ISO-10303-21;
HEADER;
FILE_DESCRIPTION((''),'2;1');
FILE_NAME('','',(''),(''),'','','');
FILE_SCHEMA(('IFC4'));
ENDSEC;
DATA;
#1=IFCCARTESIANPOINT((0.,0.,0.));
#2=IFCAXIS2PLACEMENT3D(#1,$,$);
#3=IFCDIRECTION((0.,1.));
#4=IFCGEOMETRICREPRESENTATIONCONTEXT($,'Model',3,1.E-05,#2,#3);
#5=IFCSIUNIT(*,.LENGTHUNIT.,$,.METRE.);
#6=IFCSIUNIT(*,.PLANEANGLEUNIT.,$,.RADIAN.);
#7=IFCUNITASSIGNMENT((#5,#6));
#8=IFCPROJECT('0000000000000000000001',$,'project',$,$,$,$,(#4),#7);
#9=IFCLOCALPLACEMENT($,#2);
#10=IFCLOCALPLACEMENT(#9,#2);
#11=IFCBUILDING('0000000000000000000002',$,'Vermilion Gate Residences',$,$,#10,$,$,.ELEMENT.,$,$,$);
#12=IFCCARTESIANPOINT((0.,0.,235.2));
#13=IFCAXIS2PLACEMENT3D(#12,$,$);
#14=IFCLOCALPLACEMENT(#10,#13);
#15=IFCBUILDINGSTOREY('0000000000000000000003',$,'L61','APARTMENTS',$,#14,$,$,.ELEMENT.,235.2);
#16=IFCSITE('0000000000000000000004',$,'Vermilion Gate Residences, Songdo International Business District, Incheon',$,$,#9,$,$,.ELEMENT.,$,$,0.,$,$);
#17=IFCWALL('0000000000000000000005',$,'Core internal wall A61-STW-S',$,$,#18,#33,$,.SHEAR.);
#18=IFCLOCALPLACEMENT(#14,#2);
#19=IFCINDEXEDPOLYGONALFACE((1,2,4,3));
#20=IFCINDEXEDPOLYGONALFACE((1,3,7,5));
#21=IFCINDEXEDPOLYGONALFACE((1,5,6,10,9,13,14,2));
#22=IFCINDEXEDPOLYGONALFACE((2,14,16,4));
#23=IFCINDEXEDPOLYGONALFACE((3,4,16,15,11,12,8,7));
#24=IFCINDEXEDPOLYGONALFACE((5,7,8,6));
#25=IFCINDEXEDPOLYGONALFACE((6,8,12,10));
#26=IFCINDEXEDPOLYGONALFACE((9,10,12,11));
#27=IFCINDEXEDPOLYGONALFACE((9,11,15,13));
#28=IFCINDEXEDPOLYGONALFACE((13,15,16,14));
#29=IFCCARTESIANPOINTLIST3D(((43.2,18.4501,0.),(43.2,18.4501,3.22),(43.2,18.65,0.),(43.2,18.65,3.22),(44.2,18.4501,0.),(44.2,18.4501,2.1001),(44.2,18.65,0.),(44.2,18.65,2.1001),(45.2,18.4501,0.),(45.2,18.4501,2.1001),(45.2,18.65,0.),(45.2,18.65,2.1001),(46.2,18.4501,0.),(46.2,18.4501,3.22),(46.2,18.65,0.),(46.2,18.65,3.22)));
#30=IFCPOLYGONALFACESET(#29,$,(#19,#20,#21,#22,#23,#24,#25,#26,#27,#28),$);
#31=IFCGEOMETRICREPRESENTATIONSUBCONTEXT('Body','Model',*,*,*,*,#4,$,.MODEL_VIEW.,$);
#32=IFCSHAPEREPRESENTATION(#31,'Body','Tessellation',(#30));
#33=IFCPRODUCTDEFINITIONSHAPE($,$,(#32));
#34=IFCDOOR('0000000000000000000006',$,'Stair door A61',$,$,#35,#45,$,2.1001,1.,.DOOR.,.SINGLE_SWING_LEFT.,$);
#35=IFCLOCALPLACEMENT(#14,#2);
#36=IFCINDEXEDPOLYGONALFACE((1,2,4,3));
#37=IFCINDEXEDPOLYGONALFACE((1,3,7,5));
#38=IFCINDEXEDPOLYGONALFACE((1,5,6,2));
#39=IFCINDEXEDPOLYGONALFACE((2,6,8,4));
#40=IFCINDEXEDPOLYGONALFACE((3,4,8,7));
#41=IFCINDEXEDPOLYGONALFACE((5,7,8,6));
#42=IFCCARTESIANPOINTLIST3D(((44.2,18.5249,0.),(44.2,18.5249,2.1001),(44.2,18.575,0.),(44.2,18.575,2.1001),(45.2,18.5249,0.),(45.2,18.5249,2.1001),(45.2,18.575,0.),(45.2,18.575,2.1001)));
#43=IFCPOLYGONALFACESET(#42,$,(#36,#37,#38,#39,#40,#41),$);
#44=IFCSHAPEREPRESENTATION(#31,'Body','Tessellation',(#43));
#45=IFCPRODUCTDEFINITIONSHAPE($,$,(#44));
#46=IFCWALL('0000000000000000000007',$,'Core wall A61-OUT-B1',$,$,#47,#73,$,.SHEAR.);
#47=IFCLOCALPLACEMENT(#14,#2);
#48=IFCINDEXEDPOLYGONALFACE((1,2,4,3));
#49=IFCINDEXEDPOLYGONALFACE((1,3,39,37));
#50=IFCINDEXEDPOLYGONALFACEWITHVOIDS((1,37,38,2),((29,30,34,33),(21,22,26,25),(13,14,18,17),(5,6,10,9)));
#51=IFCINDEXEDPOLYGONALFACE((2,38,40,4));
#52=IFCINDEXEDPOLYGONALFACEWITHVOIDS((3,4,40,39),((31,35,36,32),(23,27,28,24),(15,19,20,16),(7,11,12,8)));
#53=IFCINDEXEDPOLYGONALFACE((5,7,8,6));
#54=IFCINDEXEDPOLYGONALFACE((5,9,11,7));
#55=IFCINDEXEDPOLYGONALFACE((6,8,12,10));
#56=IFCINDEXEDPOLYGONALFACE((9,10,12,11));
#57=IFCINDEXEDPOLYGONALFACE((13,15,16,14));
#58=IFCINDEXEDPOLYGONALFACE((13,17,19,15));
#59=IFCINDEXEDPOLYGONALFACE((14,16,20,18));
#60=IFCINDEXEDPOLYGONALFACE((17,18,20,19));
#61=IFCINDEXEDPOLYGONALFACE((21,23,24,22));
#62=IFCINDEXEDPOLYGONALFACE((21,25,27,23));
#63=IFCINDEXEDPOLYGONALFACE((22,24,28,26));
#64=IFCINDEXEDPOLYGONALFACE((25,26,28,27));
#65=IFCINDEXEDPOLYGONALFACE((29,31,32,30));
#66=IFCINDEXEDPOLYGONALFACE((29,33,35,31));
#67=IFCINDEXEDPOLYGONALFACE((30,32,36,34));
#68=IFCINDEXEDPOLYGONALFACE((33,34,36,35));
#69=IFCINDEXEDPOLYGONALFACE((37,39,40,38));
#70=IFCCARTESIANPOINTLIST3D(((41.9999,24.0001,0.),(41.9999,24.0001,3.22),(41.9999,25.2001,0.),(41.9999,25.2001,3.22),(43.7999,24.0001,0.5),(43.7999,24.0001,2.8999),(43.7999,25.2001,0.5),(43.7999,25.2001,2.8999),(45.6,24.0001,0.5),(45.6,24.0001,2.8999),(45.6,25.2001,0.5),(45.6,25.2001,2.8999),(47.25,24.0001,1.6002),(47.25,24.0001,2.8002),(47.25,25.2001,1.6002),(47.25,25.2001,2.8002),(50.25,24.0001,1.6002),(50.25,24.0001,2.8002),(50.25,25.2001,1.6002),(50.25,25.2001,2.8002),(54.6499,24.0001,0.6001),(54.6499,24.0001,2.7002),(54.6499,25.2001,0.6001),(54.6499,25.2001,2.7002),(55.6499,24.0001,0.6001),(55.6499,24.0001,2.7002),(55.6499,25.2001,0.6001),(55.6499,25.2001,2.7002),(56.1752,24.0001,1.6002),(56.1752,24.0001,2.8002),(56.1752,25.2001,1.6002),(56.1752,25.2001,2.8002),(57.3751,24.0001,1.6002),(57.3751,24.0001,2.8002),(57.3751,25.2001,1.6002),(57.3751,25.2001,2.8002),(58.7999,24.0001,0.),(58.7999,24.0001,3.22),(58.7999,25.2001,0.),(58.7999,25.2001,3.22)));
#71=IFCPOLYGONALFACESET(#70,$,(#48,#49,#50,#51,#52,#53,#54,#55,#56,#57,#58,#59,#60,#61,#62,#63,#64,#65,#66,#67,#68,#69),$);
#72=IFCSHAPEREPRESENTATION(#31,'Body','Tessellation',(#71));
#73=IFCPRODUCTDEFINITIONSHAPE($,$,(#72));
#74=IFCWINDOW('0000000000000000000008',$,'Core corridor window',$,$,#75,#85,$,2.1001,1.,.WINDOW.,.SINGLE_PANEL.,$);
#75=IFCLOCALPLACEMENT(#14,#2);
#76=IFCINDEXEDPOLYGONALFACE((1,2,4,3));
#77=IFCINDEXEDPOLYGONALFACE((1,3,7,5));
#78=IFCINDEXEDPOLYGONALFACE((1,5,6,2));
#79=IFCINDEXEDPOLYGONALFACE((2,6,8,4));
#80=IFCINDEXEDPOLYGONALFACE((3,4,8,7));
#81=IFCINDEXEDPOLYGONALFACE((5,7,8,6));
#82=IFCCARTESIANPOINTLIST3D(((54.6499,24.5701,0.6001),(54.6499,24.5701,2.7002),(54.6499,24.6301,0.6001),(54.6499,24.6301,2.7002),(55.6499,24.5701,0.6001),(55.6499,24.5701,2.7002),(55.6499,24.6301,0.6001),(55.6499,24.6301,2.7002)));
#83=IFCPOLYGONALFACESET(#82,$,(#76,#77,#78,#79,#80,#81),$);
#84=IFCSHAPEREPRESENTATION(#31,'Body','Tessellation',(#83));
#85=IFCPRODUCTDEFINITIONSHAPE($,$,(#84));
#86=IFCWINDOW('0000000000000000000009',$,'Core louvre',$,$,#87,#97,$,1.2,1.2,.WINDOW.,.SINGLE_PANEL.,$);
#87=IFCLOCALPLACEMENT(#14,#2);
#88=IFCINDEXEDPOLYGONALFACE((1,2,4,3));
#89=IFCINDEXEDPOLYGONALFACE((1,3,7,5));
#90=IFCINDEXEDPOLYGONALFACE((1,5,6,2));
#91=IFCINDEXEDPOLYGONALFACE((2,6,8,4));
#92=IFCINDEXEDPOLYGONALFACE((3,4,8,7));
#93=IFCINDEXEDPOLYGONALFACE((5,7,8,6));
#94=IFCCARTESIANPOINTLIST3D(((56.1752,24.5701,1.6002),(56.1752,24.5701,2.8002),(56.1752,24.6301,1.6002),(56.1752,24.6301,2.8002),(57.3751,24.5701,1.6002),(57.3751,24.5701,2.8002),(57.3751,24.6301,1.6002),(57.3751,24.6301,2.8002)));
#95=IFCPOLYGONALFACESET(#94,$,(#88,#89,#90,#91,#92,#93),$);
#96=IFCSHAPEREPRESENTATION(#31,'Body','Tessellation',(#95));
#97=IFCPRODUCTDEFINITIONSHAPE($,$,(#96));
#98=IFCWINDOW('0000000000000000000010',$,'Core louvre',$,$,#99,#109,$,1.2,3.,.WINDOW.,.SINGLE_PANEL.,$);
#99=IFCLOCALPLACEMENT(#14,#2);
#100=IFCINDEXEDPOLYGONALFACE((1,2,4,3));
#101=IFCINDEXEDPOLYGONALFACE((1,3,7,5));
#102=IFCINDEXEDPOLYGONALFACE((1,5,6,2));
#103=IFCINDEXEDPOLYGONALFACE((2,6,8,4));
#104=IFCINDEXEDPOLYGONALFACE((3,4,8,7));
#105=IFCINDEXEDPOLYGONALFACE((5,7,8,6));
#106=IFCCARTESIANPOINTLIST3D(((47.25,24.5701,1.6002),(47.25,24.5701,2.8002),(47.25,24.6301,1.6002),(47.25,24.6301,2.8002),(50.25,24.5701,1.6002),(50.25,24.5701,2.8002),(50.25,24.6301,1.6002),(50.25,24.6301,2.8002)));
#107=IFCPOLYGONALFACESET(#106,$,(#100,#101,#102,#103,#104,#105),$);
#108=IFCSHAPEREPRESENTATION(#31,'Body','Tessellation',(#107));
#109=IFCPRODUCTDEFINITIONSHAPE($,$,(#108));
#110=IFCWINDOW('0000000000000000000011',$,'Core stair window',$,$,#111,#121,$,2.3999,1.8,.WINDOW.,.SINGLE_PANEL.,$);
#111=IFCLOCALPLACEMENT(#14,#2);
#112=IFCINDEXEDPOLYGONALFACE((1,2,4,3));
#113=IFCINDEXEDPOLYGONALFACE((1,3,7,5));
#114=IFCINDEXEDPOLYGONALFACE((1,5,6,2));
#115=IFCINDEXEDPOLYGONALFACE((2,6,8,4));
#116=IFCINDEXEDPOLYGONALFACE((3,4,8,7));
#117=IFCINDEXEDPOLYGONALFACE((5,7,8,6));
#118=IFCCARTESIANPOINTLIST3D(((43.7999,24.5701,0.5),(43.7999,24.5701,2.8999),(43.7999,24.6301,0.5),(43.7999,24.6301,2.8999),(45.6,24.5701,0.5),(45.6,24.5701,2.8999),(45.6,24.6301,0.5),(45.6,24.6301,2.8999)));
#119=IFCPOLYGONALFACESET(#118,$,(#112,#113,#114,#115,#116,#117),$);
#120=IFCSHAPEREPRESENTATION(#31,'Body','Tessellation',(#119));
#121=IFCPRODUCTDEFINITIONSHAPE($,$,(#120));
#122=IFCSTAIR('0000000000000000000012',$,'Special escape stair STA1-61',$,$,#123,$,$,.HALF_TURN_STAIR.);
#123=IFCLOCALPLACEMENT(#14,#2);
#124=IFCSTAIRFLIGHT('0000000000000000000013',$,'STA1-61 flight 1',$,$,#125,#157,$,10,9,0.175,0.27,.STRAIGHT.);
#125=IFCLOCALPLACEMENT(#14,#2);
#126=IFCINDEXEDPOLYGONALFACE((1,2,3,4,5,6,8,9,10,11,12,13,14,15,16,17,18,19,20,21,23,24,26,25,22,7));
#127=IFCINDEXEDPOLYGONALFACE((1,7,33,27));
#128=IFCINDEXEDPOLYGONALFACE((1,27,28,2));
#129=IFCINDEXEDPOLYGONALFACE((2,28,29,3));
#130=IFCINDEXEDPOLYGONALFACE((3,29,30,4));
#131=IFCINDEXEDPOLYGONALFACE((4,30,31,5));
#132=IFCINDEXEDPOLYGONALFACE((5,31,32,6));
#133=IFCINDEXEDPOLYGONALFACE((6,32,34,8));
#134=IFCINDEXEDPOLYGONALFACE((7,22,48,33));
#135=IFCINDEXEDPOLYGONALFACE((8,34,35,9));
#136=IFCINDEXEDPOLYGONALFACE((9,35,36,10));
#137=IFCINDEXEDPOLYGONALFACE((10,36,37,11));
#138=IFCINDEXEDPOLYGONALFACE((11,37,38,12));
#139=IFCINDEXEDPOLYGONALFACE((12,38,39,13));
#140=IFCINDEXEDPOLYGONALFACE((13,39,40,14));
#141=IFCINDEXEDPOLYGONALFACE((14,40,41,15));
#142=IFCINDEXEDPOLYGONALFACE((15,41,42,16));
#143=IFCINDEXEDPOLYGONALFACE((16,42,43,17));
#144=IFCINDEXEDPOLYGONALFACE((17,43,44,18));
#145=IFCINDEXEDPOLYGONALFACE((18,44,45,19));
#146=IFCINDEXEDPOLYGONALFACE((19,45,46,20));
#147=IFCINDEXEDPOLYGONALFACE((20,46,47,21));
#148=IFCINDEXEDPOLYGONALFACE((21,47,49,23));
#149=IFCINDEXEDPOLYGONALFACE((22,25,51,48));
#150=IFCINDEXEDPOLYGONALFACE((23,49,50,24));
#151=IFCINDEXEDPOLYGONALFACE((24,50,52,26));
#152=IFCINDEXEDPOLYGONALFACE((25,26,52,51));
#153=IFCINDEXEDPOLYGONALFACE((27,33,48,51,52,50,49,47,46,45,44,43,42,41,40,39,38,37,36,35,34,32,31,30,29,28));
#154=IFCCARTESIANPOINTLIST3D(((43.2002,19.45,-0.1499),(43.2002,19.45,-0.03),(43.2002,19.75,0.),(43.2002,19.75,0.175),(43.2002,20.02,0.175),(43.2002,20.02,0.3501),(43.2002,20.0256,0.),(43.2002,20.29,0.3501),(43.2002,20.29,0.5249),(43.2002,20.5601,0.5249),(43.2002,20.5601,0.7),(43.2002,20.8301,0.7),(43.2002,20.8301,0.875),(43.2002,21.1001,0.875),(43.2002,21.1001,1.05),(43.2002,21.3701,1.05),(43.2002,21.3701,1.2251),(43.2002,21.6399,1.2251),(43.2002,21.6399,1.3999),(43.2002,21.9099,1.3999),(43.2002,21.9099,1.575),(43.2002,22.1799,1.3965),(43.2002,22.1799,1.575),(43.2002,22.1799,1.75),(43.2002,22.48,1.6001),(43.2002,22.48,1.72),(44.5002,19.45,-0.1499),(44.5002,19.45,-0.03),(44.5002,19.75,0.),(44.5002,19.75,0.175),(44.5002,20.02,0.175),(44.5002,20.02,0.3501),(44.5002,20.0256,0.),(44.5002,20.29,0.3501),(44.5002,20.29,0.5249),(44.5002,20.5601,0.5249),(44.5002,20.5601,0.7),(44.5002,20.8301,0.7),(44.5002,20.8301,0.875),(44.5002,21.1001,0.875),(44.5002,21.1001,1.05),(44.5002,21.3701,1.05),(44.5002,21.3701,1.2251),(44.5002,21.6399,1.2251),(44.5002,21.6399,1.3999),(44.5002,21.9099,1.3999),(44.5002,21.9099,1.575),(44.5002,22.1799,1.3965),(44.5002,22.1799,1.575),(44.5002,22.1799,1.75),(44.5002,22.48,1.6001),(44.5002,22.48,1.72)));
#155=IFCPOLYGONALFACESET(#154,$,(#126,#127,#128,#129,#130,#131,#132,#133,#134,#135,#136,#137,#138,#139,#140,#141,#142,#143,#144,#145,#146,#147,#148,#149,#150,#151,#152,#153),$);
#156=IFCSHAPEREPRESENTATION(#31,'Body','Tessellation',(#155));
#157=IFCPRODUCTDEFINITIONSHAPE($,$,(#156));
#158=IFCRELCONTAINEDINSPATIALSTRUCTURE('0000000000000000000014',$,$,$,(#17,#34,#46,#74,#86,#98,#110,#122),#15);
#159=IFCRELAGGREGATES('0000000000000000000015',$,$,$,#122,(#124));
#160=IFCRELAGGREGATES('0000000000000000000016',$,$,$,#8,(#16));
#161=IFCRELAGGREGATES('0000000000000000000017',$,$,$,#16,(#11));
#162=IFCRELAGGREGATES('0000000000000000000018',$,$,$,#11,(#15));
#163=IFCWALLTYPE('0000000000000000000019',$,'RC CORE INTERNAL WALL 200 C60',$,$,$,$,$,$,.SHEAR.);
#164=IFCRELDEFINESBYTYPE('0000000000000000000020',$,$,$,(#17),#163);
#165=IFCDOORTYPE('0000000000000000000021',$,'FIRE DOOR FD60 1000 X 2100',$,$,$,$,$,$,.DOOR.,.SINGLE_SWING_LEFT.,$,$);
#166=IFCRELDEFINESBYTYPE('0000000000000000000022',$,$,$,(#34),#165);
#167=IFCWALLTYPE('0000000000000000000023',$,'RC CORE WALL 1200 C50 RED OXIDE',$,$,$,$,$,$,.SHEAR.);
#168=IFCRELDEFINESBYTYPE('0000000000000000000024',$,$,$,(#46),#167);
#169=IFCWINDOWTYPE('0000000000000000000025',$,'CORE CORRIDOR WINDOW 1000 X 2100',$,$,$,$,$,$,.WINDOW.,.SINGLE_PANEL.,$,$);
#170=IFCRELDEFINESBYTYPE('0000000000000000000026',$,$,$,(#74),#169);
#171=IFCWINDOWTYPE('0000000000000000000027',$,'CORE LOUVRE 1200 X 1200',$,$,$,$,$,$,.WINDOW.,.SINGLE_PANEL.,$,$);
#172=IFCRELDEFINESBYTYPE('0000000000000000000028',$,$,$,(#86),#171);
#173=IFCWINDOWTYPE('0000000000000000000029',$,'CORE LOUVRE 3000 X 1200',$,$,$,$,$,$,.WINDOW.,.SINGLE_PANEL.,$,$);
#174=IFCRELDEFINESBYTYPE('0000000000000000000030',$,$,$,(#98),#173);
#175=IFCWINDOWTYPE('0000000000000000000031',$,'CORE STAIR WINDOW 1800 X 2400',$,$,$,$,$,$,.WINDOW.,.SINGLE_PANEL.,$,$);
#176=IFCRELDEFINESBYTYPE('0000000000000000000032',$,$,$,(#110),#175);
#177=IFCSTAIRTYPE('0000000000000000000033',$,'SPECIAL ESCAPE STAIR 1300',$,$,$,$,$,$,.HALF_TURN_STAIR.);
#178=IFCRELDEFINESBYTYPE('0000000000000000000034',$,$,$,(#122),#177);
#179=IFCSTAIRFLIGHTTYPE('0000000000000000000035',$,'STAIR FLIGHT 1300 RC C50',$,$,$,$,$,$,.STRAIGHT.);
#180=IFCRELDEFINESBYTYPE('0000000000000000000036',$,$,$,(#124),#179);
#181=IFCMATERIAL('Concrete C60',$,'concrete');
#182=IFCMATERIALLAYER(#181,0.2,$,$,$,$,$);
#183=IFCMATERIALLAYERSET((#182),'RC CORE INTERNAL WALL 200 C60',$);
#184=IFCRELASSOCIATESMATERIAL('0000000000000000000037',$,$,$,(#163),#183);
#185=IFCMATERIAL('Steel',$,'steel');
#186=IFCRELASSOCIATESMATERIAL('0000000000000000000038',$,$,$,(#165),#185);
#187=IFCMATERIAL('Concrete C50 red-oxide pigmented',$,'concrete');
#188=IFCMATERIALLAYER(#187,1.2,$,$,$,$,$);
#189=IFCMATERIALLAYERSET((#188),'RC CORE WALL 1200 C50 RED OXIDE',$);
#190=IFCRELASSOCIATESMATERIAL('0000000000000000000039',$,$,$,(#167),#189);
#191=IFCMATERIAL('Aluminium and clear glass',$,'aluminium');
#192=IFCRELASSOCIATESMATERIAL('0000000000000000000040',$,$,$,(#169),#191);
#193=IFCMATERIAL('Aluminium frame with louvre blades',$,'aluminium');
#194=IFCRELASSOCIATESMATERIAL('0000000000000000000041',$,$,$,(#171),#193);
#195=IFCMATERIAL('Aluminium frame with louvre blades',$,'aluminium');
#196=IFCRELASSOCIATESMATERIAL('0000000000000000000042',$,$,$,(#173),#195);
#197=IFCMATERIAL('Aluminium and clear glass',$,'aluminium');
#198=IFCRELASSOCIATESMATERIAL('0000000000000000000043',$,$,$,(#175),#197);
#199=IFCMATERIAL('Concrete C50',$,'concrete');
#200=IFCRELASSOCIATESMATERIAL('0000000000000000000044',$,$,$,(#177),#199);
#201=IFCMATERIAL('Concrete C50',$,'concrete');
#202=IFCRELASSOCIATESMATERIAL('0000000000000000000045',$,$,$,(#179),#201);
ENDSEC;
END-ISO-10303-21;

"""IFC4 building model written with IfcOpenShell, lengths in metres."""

from ifc_helpers import new_model, si_unit, direction, frame, frame_2d, origin, place, context, subcontext, project, spatial, polyline, rectangle, outline, extrude, material, layer, layer_set, type_object, element, fill, aggregate, save


model = new_model("IFC4")

# Units and contexts
model_context = context("Model", 3, precision=1e-05, world=origin(), true_north=direction((0.0, 1.0)))
body_context = subcontext(model_context, "Body", "Model", "MODEL_VIEW")
ifc_project = project(units=[si_unit("LENGTHUNIT", "METRE"), si_unit("PLANEANGLEUNIT", "RADIAN")], contexts=[model_context])

# Site, building, storey
site_placement = place(None, origin())
site = spatial("IfcSite", under=ifc_project, at=site_placement, Name="Vermilion Gate Residences, Songdo International Business District, Incheon", CompositionType="ELEMENT", RefElevation=0.0)
building_placement = place(site_placement, origin())
building = spatial("IfcBuilding", under=site, at=building_placement, Name="Vermilion Gate Residences", CompositionType="ELEMENT")
storey_placement = place(building_placement, frame((0.0, 0.0, 235.2)))
storey = spatial("IfcBuildingStorey", under=building, at=storey_placement, Name="L61", Description="APARTMENTS", CompositionType="ELEMENT", Elevation=235.2)

# Shared definitions
ifc_material_1 = material(Name="Concrete C60", Category="concrete")
ifc_layer_1 = layer(ifc_material_1, 0.2)
ifc_layer_set_1 = layer_set([ifc_layer_1], Name="RC CORE INTERNAL WALL 200 C60")
wall_type_1 = type_object("IfcWallType", Name="RC CORE INTERNAL WALL 200 C60", PredefinedType="SHEAR", material=ifc_layer_set_1)

# Wall, opening, door
wall_1_placement = place(storey_placement, frame((43.2, 18.55, 0.0), z_axis=(0.0, 0.0, 1.0), x_axis=(1.0, 0.0, 0.0)))
wall_1 = element("IfcWall", 1, at=wall_1_placement, inside=storey, type_object=wall_type_1, Name="Core internal wall A61-STW-S", PredefinedType="SHEAR", context=body_context, shape_type="SweptSolid", body=[
    extrude(rectangle(XDim=3.0, YDim=0.2, at=frame_2d((1.5, 0.0))), origin(), (0.0, 0.0, 1.0), 3.22),
])
opening_1_placement = place(wall_1_placement, frame((1.0, 0.0, 0.0)))
opening_1 = element("IfcOpeningElement", 2, at=opening_1_placement, cuts=wall_1, PredefinedType="OPENING", context=body_context, shape_type="SweptSolid", body=[
    extrude(rectangle(XDim=1.0, YDim=2.1001, at=frame_2d((0.5, 1.05))), frame((0.0, 0.1099, 0.0), z_axis=(0.0, -1.0, 0.0), x_axis=(1.0, 0.0, 0.0)), (0.0, 0.0, 1.0), 0.22),
])
ifc_material_2 = material(Name="Steel", Category="steel")
door_type_1 = type_object("IfcDoorType", Name="FIRE DOOR FD60 1000 X 2100", OperationType="SINGLE_SWING_LEFT", PredefinedType="DOOR", material=ifc_material_2)
door_1_placement = place(opening_1_placement, origin())
door_1 = element("IfcDoor", 3, at=door_1_placement, inside=storey, type_object=door_type_1, Name="Stair door A61", OperationType="SINGLE_SWING_LEFT", OverallHeight=2.1001, OverallWidth=1.0, PredefinedType="DOOR", context=body_context, shape_type="SweptSolid", body=[
    extrude(rectangle(XDim=1.0, YDim=2.1001, at=frame_2d((0.5, 1.05))), frame((0.0, 0.0249, 0.0), z_axis=(0.0, -1.0, 0.0), x_axis=(1.0, 0.0, 0.0)), (0.0, 0.0, 1.0), 0.05),
])
fill(opening_1, door_1)

# Wall, openings, windows
ifc_material_3 = material(Name="Concrete C50 red-oxide pigmented", Category="concrete")
ifc_layer_2 = layer(ifc_material_3, 1.2)
ifc_layer_set_2 = layer_set([ifc_layer_2], Name="RC CORE WALL 1200 C50 RED OXIDE")
wall_type_2 = type_object("IfcWallType", Name="RC CORE WALL 1200 C50 RED OXIDE", PredefinedType="SHEAR", material=ifc_layer_set_2)
wall_2_placement = place(storey_placement, frame((42.0, 24.6001, 0.0), z_axis=(0.0, 0.0, 1.0), x_axis=(1.0, 0.0, 0.0)))
wall_2 = element("IfcWall", 4, at=wall_2_placement, inside=storey, type_object=wall_type_2, Name="Core wall A61-OUT-B1", PredefinedType="SHEAR", context=body_context, shape_type="SweptSolid", body=[
    extrude(rectangle(XDim=16.8, YDim=1.2, at=frame_2d((8.3999, 0.0))), origin(), (0.0, 0.0, 1.0), 3.22),
])
opening_2_placement = place(wall_2_placement, frame((1.8, 0.0, 0.5)))
opening_2 = element("IfcOpeningElement", 5, at=opening_2_placement, cuts=wall_2, PredefinedType="OPENING", context=body_context, shape_type="SweptSolid", body=[
    extrude(rectangle(XDim=1.8, YDim=2.3999, at=frame_2d((0.8999, 1.2))), frame((0.0, 0.6099, 0.0), z_axis=(0.0, -1.0, 0.0), x_axis=(1.0, 0.0, 0.0)), (0.0, 0.0, 1.0), 1.22),
])
opening_3_placement = place(wall_2_placement, frame((5.25, 0.0, 1.6001)))
opening_3 = element("IfcOpeningElement", 6, at=opening_3_placement, cuts=wall_2, PredefinedType="OPENING", context=body_context, shape_type="SweptSolid", body=[
    extrude(rectangle(XDim=3.0, YDim=1.2, at=frame_2d((1.5, 0.6001))), frame((0.0, 0.6099, 0.0), z_axis=(0.0, -1.0, 0.0), x_axis=(1.0, 0.0, 0.0)), (0.0, 0.0, 1.0), 1.22),
])
opening_4_placement = place(wall_2_placement, frame((12.6499, 0.0, 0.6001)))
opening_4 = element("IfcOpeningElement", 7, at=opening_4_placement, cuts=wall_2, PredefinedType="OPENING", context=body_context, shape_type="SweptSolid", body=[
    extrude(rectangle(XDim=1.0, YDim=2.1001, at=frame_2d((0.5, 1.05))), frame((0.0, 0.6099, 0.0), z_axis=(0.0, -1.0, 0.0), x_axis=(1.0, 0.0, 0.0)), (0.0, 0.0, 1.0), 1.22),
])
opening_5_placement = place(wall_2_placement, frame((14.175, 0.0, 1.6001)))
opening_5 = element("IfcOpeningElement", 8, at=opening_5_placement, cuts=wall_2, PredefinedType="OPENING", context=body_context, shape_type="SweptSolid", body=[
    extrude(rectangle(XDim=1.2, YDim=1.2, at=frame_2d((0.6001, 0.6001))), frame((0.0, 0.6099, 0.0), z_axis=(0.0, -1.0, 0.0), x_axis=(1.0, 0.0, 0.0)), (0.0, 0.0, 1.0), 1.22),
])
ifc_material_4 = material(Name="Aluminium and clear glass", Category="aluminium")
window_type_1 = type_object("IfcWindowType", Name="CORE CORRIDOR WINDOW 1000 X 2100", PartitioningType="SINGLE_PANEL", PredefinedType="WINDOW", material=ifc_material_4)
window_1_placement = place(opening_4_placement, origin())
window_1 = element("IfcWindow", 9, at=window_1_placement, inside=storey, type_object=window_type_1, Name="Core corridor window", OverallHeight=2.1001, OverallWidth=1.0, PartitioningType="SINGLE_PANEL", PredefinedType="WINDOW", context=body_context, shape_type="SweptSolid", body=[
    extrude(rectangle(XDim=1.0, YDim=2.1001, at=frame_2d((0.5, 1.05))), frame((0.0, 0.03, 0.0), z_axis=(0.0, -1.0, 0.0), x_axis=(1.0, 0.0, 0.0)), (0.0, 0.0, 1.0), 0.0601),
])
fill(opening_4, window_1)
ifc_material_5 = material(Name="Aluminium frame with louvre blades", Category="aluminium")
window_type_2 = type_object("IfcWindowType", Name="CORE LOUVRE 1200 X 1200", PartitioningType="SINGLE_PANEL", PredefinedType="WINDOW", material=ifc_material_5)
window_2_placement = place(opening_5_placement, origin())
window_2 = element("IfcWindow", 10, at=window_2_placement, inside=storey, type_object=window_type_2, Name="Core louvre", OverallHeight=1.2, OverallWidth=1.2, PartitioningType="SINGLE_PANEL", PredefinedType="WINDOW", context=body_context, shape_type="SweptSolid", body=[
    extrude(rectangle(XDim=1.2, YDim=1.2, at=frame_2d((0.6001, 0.6001))), frame((0.0, 0.03, 0.0), z_axis=(0.0, -1.0, 0.0), x_axis=(1.0, 0.0, 0.0)), (0.0, 0.0, 1.0), 0.0601),
])
fill(opening_5, window_2)
ifc_material_6 = material(Name="Aluminium frame with louvre blades", Category="aluminium")
window_type_3 = type_object("IfcWindowType", Name="CORE LOUVRE 3000 X 1200", PartitioningType="SINGLE_PANEL", PredefinedType="WINDOW", material=ifc_material_6)
window_3_placement = place(opening_3_placement, origin())
window_3 = element("IfcWindow", 11, at=window_3_placement, inside=storey, type_object=window_type_3, Name="Core louvre", OverallHeight=1.2, OverallWidth=3.0, PartitioningType="SINGLE_PANEL", PredefinedType="WINDOW", context=body_context, shape_type="SweptSolid", body=[
    extrude(rectangle(XDim=3.0, YDim=1.2, at=frame_2d((1.5, 0.6001))), frame((0.0, 0.03, 0.0), z_axis=(0.0, -1.0, 0.0), x_axis=(1.0, 0.0, 0.0)), (0.0, 0.0, 1.0), 0.0601),
])
fill(opening_3, window_3)
ifc_material_7 = material(Name="Aluminium and clear glass", Category="aluminium")
window_type_4 = type_object("IfcWindowType", Name="CORE STAIR WINDOW 1800 X 2400", PartitioningType="SINGLE_PANEL", PredefinedType="WINDOW", material=ifc_material_7)
window_4_placement = place(opening_2_placement, origin())
window_4 = element("IfcWindow", 12, at=window_4_placement, inside=storey, type_object=window_type_4, Name="Core stair window", OverallHeight=2.3999, OverallWidth=1.8, PartitioningType="SINGLE_PANEL", PredefinedType="WINDOW", context=body_context, shape_type="SweptSolid", body=[
    extrude(rectangle(XDim=1.8, YDim=2.3999, at=frame_2d((0.8999, 1.2))), frame((0.0, 0.03, 0.0), z_axis=(0.0, -1.0, 0.0), x_axis=(1.0, 0.0, 0.0)), (0.0, 0.0, 1.0), 0.0601),
])
fill(opening_2, window_4)

# Stair, stair flight
ifc_material_8 = material(Name="Concrete C50", Category="concrete")
stair_type = type_object("IfcStairType", Name="SPECIAL ESCAPE STAIR 1300", PredefinedType="HALF_TURN_STAIR", material=ifc_material_8)
stair_placement = place(storey_placement, origin())
stair = element("IfcStair", 13, at=stair_placement, inside=storey, type_object=stair_type, Name="Special escape stair STA1-61", PredefinedType="HALF_TURN_STAIR")
ifc_material_9 = material(Name="Concrete C50", Category="concrete")
stair_flight_type = type_object("IfcStairFlightType", Name="STAIR FLIGHT 1300 RC C50", PredefinedType="STRAIGHT", material=ifc_material_9)
stair_flight_1_placement = place(storey_placement, frame((43.8501, 19.75, 0.0), z_axis=(0.0, 0.0, 1.0), x_axis=(0.0, 1.0, 0.0)))
stair_flight_1 = element("IfcStairFlight", 14, at=stair_flight_1_placement, type_object=stair_flight_type, Name="STA1-61 flight 1", NumberOfRisers=10, NumberOfTreads=9, PredefinedType="STRAIGHT", RiserHeight=0.175, TreadLength=0.27, context=body_context, shape_type="SweptSolid", body=[
    extrude(outline(polyline([(-0.3, -0.1499), (-0.3, -0.03), (0.0, 0.0), (0.0, 0.175), (0.27, 0.175), (0.27, 0.3501), (0.54, 0.3501), (0.54, 0.5249), (0.8101, 0.5249), (0.8101, 0.7), (1.0801, 0.7), (1.0801, 0.875), (1.3501, 0.875), (1.3501, 1.05), (1.6201, 1.05), (1.6201, 1.2251), (1.8899, 1.2251), (1.8899, 1.3999), (2.1599, 1.3999), (2.1599, 1.575), (2.4299, 1.575), (2.4299, 1.75), (2.73, 1.72), (2.73, 1.6001), (2.4299, 1.3965), (0.2756, 0.0), (-0.3, -0.1499)])), frame((0.0, 0.6499, 0.0), z_axis=(0.0, -1.0, 0.0), x_axis=(1.0, 0.0, 0.0)), (0.0, 0.0, 1.0), 1.3),
])
aggregate(stair, [stair_flight_1])

save(model, "model.ifc")
